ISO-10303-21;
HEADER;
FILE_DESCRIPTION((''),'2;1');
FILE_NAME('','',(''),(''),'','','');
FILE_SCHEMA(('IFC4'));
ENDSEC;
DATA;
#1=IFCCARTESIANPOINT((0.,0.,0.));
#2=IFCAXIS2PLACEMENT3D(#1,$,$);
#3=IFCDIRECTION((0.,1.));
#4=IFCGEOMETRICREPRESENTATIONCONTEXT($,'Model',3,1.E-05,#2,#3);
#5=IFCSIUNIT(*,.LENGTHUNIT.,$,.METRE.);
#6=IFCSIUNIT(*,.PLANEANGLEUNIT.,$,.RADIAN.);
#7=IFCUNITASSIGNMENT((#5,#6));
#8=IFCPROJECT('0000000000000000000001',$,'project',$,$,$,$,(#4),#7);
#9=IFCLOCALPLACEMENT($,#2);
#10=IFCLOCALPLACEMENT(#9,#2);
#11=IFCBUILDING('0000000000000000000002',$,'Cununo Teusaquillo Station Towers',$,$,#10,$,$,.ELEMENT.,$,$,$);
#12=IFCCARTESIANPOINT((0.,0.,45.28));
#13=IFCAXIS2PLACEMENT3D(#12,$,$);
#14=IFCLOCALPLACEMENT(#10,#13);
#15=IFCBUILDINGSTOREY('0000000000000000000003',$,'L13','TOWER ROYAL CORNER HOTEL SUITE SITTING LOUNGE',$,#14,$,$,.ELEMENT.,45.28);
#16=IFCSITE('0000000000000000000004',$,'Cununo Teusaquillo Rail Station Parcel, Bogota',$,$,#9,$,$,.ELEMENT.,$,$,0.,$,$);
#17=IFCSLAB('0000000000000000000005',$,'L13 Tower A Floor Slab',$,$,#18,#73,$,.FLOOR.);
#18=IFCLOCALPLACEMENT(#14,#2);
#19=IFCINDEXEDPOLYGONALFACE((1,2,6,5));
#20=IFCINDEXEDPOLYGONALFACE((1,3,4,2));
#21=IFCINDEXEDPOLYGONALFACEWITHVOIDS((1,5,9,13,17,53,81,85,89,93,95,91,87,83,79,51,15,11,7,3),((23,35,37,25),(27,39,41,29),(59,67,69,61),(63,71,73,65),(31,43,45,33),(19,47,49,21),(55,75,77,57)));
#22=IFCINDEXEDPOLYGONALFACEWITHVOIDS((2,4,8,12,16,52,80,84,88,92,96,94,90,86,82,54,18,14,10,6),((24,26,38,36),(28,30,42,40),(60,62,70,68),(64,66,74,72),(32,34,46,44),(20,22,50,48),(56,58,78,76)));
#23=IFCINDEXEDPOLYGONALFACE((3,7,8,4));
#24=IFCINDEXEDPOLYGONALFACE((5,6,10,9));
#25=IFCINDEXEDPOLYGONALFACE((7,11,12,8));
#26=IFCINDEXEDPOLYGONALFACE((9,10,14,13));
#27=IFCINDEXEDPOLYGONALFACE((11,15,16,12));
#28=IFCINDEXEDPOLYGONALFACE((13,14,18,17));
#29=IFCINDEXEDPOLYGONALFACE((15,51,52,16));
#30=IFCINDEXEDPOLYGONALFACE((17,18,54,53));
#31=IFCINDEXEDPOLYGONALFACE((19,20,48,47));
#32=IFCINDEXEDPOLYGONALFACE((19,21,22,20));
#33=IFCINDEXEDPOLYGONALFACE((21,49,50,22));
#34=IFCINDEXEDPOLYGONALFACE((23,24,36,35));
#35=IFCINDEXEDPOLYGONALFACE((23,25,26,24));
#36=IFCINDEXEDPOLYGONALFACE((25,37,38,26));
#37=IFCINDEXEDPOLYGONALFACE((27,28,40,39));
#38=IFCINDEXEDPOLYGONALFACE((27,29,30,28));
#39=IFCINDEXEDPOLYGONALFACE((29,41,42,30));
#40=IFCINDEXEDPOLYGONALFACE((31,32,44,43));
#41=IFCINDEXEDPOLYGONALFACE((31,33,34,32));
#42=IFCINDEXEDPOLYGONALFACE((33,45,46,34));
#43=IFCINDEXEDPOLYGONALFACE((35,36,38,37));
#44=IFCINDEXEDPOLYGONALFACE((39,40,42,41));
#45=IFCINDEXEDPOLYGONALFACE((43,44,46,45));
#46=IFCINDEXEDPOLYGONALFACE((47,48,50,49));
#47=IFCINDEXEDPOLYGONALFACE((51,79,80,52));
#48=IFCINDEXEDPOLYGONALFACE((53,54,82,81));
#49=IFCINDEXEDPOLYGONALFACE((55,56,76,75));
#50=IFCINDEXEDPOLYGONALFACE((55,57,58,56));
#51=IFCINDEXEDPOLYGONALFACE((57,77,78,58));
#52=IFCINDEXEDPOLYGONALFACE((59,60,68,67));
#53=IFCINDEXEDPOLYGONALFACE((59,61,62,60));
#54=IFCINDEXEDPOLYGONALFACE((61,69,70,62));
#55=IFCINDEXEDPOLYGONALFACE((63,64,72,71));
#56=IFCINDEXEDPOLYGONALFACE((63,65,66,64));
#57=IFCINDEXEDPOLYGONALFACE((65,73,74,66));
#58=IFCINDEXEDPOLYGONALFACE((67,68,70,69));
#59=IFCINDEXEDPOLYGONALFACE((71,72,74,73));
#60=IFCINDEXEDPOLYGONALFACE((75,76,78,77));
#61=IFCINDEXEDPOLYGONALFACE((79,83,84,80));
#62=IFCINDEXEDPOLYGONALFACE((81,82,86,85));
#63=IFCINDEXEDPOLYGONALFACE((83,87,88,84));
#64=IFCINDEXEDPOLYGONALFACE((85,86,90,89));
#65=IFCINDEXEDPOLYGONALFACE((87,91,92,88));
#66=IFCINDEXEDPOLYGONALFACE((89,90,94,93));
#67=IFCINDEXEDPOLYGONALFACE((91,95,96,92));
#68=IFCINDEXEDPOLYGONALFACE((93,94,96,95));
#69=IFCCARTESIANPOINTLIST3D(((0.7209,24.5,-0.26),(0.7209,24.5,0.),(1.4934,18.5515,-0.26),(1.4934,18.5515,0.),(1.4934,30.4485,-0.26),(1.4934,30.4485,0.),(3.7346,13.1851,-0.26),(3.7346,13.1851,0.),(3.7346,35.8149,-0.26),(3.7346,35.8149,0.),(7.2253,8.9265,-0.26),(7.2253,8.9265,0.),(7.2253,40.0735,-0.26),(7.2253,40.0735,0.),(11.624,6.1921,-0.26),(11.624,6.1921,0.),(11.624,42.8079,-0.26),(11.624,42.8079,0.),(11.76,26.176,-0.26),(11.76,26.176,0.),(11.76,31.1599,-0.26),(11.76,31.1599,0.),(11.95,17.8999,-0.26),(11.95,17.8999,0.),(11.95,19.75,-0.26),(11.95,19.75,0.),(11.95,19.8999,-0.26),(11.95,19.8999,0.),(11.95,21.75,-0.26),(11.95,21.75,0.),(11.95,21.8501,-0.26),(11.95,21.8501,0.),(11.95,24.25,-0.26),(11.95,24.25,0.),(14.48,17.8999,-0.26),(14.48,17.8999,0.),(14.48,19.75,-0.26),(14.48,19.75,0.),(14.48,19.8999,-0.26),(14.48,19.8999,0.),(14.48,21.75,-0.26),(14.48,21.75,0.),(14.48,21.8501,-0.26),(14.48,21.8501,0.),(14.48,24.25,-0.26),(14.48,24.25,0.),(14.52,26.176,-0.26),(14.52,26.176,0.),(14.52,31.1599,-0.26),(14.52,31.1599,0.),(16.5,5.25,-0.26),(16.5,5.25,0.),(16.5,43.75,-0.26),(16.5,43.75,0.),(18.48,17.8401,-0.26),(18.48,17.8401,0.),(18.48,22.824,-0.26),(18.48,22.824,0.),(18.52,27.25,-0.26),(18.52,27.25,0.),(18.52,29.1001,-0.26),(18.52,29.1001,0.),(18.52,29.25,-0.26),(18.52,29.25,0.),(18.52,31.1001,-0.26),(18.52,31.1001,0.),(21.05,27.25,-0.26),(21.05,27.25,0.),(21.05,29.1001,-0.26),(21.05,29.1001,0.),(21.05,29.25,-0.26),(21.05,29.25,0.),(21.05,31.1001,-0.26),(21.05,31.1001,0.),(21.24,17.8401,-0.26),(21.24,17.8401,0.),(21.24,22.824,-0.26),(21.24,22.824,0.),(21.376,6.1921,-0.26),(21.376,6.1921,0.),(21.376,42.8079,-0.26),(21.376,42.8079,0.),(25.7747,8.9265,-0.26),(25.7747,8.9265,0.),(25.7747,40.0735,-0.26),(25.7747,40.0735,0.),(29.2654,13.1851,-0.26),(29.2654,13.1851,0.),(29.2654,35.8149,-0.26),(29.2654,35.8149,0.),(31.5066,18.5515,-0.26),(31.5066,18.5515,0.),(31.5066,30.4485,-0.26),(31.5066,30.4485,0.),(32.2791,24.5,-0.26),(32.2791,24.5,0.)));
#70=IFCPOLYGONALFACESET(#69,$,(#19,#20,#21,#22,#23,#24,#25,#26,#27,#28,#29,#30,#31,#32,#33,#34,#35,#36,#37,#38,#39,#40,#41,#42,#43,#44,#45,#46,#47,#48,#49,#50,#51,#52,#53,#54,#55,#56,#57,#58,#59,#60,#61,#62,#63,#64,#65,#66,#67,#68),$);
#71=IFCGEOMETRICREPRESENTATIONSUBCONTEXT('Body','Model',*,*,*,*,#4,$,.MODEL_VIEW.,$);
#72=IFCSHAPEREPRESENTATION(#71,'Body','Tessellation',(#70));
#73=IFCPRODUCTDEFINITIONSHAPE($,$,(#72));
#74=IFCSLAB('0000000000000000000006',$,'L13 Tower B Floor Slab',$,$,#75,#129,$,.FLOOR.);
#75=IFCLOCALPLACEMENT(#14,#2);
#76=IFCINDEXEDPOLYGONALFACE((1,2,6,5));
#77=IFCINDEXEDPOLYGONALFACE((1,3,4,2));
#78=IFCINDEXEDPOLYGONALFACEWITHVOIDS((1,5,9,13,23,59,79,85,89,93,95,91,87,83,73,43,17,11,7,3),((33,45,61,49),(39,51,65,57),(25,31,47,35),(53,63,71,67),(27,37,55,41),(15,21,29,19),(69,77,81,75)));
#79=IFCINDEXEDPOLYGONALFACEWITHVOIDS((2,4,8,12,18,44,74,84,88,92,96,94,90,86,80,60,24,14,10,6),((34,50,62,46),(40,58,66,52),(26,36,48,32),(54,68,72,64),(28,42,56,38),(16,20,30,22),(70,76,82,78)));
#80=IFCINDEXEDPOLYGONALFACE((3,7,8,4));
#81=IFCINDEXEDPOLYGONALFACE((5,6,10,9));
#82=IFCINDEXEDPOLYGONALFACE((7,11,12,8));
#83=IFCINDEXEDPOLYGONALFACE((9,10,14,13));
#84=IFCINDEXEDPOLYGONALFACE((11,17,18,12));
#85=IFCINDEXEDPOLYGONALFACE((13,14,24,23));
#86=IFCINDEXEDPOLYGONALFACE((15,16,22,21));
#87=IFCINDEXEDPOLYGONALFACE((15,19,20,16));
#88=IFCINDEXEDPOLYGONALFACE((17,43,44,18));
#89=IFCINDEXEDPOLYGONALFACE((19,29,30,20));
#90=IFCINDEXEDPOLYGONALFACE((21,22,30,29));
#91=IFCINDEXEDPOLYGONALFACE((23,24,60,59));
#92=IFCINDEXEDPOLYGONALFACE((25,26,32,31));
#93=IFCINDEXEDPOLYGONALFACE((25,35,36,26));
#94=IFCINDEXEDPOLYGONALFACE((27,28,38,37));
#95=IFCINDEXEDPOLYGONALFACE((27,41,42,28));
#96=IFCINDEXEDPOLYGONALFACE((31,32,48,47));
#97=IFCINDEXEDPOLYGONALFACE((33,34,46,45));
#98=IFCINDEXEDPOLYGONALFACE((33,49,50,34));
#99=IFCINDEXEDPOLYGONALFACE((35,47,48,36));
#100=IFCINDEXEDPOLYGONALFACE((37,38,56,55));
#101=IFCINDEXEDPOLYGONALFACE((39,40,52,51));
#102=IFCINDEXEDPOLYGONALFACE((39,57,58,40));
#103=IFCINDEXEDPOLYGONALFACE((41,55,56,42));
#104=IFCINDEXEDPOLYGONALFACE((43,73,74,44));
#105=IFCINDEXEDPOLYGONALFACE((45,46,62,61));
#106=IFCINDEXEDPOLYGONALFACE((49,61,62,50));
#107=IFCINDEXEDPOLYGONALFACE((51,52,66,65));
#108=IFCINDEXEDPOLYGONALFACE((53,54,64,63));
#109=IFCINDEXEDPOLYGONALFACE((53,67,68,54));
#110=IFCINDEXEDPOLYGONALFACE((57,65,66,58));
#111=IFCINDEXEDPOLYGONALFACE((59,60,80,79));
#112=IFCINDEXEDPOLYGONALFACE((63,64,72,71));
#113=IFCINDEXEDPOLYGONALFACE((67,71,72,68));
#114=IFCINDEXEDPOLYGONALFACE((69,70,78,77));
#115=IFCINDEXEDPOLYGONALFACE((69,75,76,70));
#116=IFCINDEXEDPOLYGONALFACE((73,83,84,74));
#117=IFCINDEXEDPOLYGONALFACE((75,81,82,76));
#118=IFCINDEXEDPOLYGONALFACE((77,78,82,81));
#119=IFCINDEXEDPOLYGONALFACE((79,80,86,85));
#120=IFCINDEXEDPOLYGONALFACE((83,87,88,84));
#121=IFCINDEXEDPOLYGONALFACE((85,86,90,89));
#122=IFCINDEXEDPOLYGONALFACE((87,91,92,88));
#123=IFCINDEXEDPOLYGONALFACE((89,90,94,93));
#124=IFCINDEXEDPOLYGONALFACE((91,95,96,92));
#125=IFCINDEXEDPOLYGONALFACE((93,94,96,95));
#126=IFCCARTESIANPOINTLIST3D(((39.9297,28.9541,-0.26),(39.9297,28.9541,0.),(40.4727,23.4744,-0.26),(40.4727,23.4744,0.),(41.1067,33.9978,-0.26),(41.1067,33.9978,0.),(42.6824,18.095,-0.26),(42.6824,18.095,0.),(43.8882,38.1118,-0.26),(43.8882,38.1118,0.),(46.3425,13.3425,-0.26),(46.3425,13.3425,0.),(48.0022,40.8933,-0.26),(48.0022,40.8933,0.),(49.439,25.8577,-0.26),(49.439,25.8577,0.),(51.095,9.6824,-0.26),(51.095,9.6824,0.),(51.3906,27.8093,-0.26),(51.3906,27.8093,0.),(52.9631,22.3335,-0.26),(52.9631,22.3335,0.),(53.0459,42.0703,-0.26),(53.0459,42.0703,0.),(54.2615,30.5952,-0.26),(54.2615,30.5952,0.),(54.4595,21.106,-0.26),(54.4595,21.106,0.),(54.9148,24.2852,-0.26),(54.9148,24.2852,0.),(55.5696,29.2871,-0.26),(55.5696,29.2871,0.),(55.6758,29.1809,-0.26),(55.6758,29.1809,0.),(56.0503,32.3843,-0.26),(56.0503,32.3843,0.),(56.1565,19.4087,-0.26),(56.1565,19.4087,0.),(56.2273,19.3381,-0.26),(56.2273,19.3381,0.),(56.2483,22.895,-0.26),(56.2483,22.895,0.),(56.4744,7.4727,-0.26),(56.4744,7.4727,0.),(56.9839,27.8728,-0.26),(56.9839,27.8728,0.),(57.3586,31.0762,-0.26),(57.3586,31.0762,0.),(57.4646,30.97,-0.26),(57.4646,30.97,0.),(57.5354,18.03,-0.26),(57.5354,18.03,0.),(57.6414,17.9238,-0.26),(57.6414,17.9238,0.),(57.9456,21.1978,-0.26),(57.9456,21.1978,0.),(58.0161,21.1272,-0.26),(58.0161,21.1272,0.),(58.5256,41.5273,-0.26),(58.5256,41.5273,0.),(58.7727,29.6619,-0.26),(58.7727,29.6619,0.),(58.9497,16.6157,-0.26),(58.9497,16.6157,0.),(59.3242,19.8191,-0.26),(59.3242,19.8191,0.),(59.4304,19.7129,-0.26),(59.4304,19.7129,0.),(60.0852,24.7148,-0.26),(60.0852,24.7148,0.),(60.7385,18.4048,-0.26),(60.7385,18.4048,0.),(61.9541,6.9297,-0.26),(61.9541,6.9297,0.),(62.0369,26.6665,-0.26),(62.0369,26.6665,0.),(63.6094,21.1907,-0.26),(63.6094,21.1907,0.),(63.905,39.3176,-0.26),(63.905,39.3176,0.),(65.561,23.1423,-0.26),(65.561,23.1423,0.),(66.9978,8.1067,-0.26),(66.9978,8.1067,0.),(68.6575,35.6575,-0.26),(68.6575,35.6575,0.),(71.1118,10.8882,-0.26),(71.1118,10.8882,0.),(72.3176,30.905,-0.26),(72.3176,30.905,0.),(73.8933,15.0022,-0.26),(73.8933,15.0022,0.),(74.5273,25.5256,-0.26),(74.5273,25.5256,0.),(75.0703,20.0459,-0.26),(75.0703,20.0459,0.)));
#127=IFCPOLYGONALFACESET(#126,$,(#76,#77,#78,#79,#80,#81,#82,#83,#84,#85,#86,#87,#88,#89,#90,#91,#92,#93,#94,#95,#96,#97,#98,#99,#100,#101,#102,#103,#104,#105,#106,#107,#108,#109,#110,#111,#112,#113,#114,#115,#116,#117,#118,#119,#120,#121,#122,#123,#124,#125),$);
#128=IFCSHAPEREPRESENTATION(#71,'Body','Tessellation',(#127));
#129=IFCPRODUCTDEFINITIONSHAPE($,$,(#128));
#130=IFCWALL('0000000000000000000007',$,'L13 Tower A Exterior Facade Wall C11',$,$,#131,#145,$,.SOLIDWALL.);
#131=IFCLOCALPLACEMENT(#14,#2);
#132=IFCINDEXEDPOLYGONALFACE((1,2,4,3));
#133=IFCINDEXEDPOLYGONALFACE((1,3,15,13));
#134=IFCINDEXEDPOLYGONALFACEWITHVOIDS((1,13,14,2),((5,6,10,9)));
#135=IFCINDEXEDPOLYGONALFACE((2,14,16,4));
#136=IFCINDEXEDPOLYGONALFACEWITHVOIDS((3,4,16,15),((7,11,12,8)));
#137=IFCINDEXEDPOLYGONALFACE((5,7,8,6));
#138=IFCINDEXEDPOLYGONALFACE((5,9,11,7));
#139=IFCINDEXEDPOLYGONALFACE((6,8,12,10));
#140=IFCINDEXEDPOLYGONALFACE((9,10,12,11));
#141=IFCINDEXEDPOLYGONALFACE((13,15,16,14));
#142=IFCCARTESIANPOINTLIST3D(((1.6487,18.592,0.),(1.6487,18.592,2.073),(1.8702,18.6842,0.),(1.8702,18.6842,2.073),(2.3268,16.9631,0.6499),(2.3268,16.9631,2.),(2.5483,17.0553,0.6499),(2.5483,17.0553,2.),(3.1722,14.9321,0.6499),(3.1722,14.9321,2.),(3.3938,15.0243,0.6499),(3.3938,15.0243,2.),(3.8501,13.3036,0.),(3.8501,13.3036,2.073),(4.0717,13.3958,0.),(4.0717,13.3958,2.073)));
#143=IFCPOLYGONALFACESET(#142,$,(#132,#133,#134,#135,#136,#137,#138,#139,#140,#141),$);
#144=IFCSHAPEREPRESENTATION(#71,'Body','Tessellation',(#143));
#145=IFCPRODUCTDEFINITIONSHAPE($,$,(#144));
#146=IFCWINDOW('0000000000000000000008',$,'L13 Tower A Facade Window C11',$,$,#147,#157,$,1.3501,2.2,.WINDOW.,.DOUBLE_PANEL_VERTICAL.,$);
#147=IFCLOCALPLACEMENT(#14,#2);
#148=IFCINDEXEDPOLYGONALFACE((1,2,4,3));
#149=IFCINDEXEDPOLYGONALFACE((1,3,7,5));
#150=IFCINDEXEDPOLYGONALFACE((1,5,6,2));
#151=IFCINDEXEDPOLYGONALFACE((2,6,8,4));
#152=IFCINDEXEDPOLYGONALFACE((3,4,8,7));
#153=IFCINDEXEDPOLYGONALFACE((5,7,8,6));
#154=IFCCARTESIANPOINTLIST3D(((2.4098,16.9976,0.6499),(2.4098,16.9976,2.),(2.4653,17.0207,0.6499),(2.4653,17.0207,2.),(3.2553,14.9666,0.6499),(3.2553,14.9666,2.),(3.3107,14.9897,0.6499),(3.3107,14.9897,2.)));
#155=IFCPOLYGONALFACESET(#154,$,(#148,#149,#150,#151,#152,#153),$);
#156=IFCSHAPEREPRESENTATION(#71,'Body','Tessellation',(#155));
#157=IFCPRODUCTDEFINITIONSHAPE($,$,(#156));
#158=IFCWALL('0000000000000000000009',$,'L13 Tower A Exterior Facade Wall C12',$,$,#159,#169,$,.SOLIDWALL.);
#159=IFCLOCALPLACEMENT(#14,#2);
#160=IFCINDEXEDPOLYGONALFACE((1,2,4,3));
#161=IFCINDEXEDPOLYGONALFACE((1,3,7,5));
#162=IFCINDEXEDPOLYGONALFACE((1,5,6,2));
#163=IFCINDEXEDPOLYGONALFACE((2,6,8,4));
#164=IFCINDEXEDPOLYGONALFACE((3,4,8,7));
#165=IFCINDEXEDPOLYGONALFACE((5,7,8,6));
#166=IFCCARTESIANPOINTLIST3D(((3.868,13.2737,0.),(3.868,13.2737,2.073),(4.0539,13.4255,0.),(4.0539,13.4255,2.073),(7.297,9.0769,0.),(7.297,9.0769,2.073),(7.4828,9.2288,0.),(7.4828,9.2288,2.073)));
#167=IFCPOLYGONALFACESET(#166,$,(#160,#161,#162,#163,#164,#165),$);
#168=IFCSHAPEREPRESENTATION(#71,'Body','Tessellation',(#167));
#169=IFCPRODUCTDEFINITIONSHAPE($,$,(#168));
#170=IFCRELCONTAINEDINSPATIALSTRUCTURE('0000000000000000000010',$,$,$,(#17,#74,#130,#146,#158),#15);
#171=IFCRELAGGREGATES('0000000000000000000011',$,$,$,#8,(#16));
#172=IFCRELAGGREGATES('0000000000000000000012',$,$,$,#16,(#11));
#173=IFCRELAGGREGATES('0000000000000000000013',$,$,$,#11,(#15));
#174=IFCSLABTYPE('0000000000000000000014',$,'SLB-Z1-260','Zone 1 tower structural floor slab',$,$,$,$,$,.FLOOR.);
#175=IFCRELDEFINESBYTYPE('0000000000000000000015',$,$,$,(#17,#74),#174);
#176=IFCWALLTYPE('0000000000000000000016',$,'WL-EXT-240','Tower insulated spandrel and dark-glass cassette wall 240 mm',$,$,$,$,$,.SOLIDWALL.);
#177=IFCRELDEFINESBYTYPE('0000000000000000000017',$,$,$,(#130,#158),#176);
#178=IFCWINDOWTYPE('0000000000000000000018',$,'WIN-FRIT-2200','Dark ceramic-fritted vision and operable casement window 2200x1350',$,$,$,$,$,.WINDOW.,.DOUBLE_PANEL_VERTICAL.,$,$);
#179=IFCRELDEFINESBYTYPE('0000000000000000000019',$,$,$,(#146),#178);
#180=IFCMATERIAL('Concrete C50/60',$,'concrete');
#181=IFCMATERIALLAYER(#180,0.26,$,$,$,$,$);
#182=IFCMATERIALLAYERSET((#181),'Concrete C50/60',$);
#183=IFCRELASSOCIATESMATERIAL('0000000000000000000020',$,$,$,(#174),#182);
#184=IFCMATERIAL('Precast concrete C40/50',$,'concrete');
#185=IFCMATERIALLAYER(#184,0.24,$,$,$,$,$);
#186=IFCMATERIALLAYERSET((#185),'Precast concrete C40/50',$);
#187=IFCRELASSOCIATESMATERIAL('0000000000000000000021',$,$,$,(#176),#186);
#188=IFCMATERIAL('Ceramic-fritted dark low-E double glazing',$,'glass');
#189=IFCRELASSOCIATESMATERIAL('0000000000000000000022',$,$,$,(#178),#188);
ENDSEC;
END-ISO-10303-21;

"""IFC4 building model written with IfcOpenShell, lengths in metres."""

from ifc_helpers import new_model, si_unit, direction, frame, frame_2d, origin, place, context, subcontext, project, spatial, polyline, rectangle, outline, extrude, source, transform, mapped, material, layer, layer_set, type_object, element, fill, save


model = new_model("IFC4")

# Units and contexts
model_context = context("Model", 3, precision=1e-05, world=origin(), true_north=direction((0.0, 1.0)))
body_context = subcontext(model_context, "Body", "Model", "MODEL_VIEW")
ifc_project = project(units=[si_unit("LENGTHUNIT", "METRE"), si_unit("PLANEANGLEUNIT", "RADIAN")], contexts=[model_context])

# Site, building, storey
site_placement = place(None, origin())
site = spatial("IfcSite", under=ifc_project, at=site_placement, Name="Cununo Teusaquillo Rail Station Parcel, Bogota", CompositionType="ELEMENT", RefElevation=0.0)
building_placement = place(site_placement, origin())
building = spatial("IfcBuilding", under=site, at=building_placement, Name="Cununo Teusaquillo Station Towers", CompositionType="ELEMENT")
storey_placement = place(building_placement, frame((0.0, 0.0, 45.28)))
storey = spatial("IfcBuildingStorey", under=building, at=storey_placement, Name="L13", Description="TOWER ROYAL CORNER HOTEL SUITE SITTING LOUNGE", CompositionType="ELEMENT", Elevation=45.28)

# Slabs
ifc_material_1 = material(Name="Concrete C50/60", Category="concrete")
ifc_layer_1 = layer(ifc_material_1, 0.26)
ifc_layer_set_1 = layer_set([ifc_layer_1], Name="Concrete C50/60")
slab_type_1 = type_object("IfcSlabType", Name="SLB-Z1-260", Description="Zone 1 tower structural floor slab", PredefinedType="FLOOR", material=ifc_layer_set_1)
slab_1_placement = place(storey_placement, frame((0.0, 0.0, -0.26)))
element("IfcSlab", 1, at=slab_1_placement, inside=storey, type_object=slab_type_1, Name="L13 Tower A Floor Slab", PredefinedType="FLOOR", context=body_context, shape_type="SweptSolid", body=[
    extrude(outline(polyline([(32.2791, 24.5), (31.5066, 30.4485), (29.2654, 35.8149), (25.7747, 40.0735), (21.376, 42.8079), (16.5, 43.75), (11.624, 42.8079), (7.2253, 40.0735), (3.7346, 35.8149), (1.4934, 30.4485), (0.7209, 24.5), (1.4934, 18.5515), (3.7346, 13.1851), (7.2253, 8.9265), (11.624, 6.1921), (16.5, 5.25), (21.376, 6.1921), (25.7747, 8.9265), (29.2654, 13.1851), (31.5066, 18.5515), (32.2791, 24.5)]), holes=[polyline([(14.52, 26.176), (14.52, 31.1599), (11.76, 31.1599), (11.76, 26.176), (14.52, 26.176)]), polyline([(18.48, 22.824), (18.48, 17.8401), (21.24, 17.8401), (21.24, 22.824), (18.48, 22.824)]), polyline([(11.95, 21.8501), (14.48, 21.8501), (14.48, 24.25), (11.95, 24.25), (11.95, 21.8501)]), polyline([(11.95, 17.8999), (14.48, 17.8999), (14.48, 19.75), (11.95, 19.75), (11.95, 17.8999)]), polyline([(11.95, 19.8999), (14.48, 19.8999), (14.48, 21.75), (11.95, 21.75), (11.95, 19.8999)]), polyline([(18.52, 27.25), (21.05, 27.25), (21.05, 29.1001), (18.52, 29.1001), (18.52, 27.25)]), polyline([(18.52, 29.25), (21.05, 29.25), (21.05, 31.1001), (18.52, 31.1001), (18.52, 29.25)])]), origin(), (0.0, 0.0, 1.0), 0.26),
])
slab_2_placement = place(storey_placement, frame((0.0, 0.0, -0.26)))
element("IfcSlab", 2, at=slab_2_placement, inside=storey, type_object=slab_type_1, Name="L13 Tower B Floor Slab", PredefinedType="FLOOR", context=body_context, shape_type="SweptSolid", body=[
    extrude(outline(polyline([(68.6575, 35.6575), (63.905, 39.3176), (58.5256, 41.5273), (53.0459, 42.0703), (48.0022, 40.8933), (43.8882, 38.1118), (41.1067, 33.9978), (39.9297, 28.9541), (40.4727, 23.4744), (42.6824, 18.095), (46.3425, 13.3425), (51.095, 9.6824), (56.4744, 7.4727), (61.9541, 6.9297), (66.9978, 8.1067), (71.1118, 10.8882), (73.8933, 15.0022), (75.0703, 20.0459), (74.5273, 25.5256), (72.3176, 30.905), (68.6575, 35.6575)]), holes=[polyline([(54.9148, 24.2852), (51.3906, 27.8093), (49.439, 25.8577), (52.9631, 22.3335), (54.9148, 24.2852)]), polyline([(60.0852, 24.7148), (63.6094, 21.1907), (65.561, 23.1423), (62.0369, 26.6665), (60.0852, 24.7148)]), polyline([(56.1565, 19.4087), (57.9456, 21.1978), (56.2483, 22.895), (54.4595, 21.106), (56.1565, 19.4087)]), polyline([(58.9497, 16.6157), (60.7385, 18.4048), (59.4304, 19.7129), (57.6414, 17.9238), (58.9497, 16.6157)]), polyline([(57.5354, 18.03), (59.3242, 19.8191), (58.0161, 21.1272), (56.2273, 19.3381), (57.5354, 18.03)]), polyline([(56.9839, 27.8728), (58.7727, 29.6619), (57.4646, 30.97), (55.6758, 29.1809), (56.9839, 27.8728)]), polyline([(55.5696, 29.2871), (57.3586, 31.0762), (56.0503, 32.3843), (54.2615, 30.5952), (55.5696, 29.2871)])]), origin(), (0.0, 0.0, 1.0), 0.26),
])

# Wall, opening, window
ifc_material_2 = material(Name="Precast concrete C40/50", Category="concrete")
ifc_layer_2 = layer(ifc_material_2, 0.24)
ifc_layer_set_2 = layer_set([ifc_layer_2], Name="Precast concrete C40/50")
wall_type_1 = type_object("IfcWallType", Name="WL-EXT-240", Description="Tower insulated spandrel and dark-glass cassette wall 240 mm", PredefinedType="SOLIDWALL", material=ifc_layer_set_2)
wall_1_placement = place(storey_placement, frame((3.9609, 13.3496, 0.0), z_axis=(0.0, 0.0, 1.0), x_axis=(-0.38431, 0.923204, 0.0)))
wall_1 = element("IfcWall", 3, at=wall_1_placement, inside=storey, type_object=wall_type_1, Name="L13 Tower A Exterior Facade Wall C11", PredefinedType="SOLIDWALL", context=body_context, shape_type="SweptSolid", body=[
    extrude(rectangle(XDim=5.7283, YDim=0.24, at=frame_2d((2.8643, 0.0))), origin(), (0.0, 0.0, 1.0), 2.073),
])
shared_shape_1 = source(origin(), body_context, "Body", "SweptSolid", [
    extrude(rectangle(XDim=2.2, YDim=1.3501, at=frame_2d((1.1001, 0.675))), frame((0.0, 0.1299, 0.0), z_axis=(0.0, -1.0, 0.0), x_axis=(1.0, 0.0, 0.0)), (0.0, 0.0, 1.0), 0.26),
])
opening_1_placement = place(wall_1_placement, frame((1.7639, 0.0, 0.6499)))
opening_1 = element("IfcOpeningElement", 4, at=opening_1_placement, cuts=wall_1, PredefinedType="OPENING", context=body_context, shape_type="MappedRepresentation", body=[
    mapped(shared_shape_1, transform((0.0, 0.0, 0.0), x_axis=(1.0, 0.0, 0.0), y_axis=(0.0, 1.0, 0.0), z_axis=(0.0, 0.0, 1.0), scale=1.0)),
])
ifc_material_3 = material(Name="Ceramic-fritted dark low-E double glazing", Category="glass")
window_type_1 = type_object("IfcWindowType", Name="WIN-FRIT-2200", Description="Dark ceramic-fritted vision and operable casement window 2200x1350", PartitioningType="DOUBLE_PANEL_VERTICAL", PredefinedType="WINDOW", material=ifc_material_3)
shared_shape_2 = source(origin(), body_context, "Body", "SweptSolid", [
    extrude(rectangle(XDim=2.2, YDim=1.3501, at=frame_2d((1.1001, 0.675))), frame((0.0, 0.03, 0.0), z_axis=(0.0, -1.0, 0.0), x_axis=(1.0, 0.0, 0.0)), (0.0, 0.0, 1.0), 0.0601),
])
window_1_placement = place(opening_1_placement, origin())
window_1 = element("IfcWindow", 5, at=window_1_placement, inside=storey, type_object=window_type_1, Name="L13 Tower A Facade Window C11", OverallHeight=1.3501, OverallWidth=2.2, PartitioningType="DOUBLE_PANEL_VERTICAL", PredefinedType="WINDOW", context=body_context, shape_type="MappedRepresentation", body=[
    mapped(shared_shape_2, transform((0.0, 0.0, 0.0), x_axis=(1.0, 0.0, 0.0), y_axis=(0.0, 1.0, 0.0), z_axis=(0.0, 0.0, 1.0), scale=1.0)),
])
fill(opening_1, window_1)

# Wall
wall_2_placement = place(storey_placement, frame((7.3899, 9.1528, 0.0), z_axis=(0.0, 0.0, 1.0), x_axis=(-0.63271, 0.774389, 0.0)))
element("IfcWall", 6, at=wall_2_placement, inside=storey, type_object=wall_type_1, Name="L13 Tower A Exterior Facade Wall C12", PredefinedType="SOLIDWALL", context=body_context, shape_type="SweptSolid", body=[
    extrude(rectangle(XDim=5.4194, YDim=0.24, at=frame_2d((2.7097, 0.0))), origin(), (0.0, 0.0, 1.0), 2.073),
])

save(model, "model.ifc")
